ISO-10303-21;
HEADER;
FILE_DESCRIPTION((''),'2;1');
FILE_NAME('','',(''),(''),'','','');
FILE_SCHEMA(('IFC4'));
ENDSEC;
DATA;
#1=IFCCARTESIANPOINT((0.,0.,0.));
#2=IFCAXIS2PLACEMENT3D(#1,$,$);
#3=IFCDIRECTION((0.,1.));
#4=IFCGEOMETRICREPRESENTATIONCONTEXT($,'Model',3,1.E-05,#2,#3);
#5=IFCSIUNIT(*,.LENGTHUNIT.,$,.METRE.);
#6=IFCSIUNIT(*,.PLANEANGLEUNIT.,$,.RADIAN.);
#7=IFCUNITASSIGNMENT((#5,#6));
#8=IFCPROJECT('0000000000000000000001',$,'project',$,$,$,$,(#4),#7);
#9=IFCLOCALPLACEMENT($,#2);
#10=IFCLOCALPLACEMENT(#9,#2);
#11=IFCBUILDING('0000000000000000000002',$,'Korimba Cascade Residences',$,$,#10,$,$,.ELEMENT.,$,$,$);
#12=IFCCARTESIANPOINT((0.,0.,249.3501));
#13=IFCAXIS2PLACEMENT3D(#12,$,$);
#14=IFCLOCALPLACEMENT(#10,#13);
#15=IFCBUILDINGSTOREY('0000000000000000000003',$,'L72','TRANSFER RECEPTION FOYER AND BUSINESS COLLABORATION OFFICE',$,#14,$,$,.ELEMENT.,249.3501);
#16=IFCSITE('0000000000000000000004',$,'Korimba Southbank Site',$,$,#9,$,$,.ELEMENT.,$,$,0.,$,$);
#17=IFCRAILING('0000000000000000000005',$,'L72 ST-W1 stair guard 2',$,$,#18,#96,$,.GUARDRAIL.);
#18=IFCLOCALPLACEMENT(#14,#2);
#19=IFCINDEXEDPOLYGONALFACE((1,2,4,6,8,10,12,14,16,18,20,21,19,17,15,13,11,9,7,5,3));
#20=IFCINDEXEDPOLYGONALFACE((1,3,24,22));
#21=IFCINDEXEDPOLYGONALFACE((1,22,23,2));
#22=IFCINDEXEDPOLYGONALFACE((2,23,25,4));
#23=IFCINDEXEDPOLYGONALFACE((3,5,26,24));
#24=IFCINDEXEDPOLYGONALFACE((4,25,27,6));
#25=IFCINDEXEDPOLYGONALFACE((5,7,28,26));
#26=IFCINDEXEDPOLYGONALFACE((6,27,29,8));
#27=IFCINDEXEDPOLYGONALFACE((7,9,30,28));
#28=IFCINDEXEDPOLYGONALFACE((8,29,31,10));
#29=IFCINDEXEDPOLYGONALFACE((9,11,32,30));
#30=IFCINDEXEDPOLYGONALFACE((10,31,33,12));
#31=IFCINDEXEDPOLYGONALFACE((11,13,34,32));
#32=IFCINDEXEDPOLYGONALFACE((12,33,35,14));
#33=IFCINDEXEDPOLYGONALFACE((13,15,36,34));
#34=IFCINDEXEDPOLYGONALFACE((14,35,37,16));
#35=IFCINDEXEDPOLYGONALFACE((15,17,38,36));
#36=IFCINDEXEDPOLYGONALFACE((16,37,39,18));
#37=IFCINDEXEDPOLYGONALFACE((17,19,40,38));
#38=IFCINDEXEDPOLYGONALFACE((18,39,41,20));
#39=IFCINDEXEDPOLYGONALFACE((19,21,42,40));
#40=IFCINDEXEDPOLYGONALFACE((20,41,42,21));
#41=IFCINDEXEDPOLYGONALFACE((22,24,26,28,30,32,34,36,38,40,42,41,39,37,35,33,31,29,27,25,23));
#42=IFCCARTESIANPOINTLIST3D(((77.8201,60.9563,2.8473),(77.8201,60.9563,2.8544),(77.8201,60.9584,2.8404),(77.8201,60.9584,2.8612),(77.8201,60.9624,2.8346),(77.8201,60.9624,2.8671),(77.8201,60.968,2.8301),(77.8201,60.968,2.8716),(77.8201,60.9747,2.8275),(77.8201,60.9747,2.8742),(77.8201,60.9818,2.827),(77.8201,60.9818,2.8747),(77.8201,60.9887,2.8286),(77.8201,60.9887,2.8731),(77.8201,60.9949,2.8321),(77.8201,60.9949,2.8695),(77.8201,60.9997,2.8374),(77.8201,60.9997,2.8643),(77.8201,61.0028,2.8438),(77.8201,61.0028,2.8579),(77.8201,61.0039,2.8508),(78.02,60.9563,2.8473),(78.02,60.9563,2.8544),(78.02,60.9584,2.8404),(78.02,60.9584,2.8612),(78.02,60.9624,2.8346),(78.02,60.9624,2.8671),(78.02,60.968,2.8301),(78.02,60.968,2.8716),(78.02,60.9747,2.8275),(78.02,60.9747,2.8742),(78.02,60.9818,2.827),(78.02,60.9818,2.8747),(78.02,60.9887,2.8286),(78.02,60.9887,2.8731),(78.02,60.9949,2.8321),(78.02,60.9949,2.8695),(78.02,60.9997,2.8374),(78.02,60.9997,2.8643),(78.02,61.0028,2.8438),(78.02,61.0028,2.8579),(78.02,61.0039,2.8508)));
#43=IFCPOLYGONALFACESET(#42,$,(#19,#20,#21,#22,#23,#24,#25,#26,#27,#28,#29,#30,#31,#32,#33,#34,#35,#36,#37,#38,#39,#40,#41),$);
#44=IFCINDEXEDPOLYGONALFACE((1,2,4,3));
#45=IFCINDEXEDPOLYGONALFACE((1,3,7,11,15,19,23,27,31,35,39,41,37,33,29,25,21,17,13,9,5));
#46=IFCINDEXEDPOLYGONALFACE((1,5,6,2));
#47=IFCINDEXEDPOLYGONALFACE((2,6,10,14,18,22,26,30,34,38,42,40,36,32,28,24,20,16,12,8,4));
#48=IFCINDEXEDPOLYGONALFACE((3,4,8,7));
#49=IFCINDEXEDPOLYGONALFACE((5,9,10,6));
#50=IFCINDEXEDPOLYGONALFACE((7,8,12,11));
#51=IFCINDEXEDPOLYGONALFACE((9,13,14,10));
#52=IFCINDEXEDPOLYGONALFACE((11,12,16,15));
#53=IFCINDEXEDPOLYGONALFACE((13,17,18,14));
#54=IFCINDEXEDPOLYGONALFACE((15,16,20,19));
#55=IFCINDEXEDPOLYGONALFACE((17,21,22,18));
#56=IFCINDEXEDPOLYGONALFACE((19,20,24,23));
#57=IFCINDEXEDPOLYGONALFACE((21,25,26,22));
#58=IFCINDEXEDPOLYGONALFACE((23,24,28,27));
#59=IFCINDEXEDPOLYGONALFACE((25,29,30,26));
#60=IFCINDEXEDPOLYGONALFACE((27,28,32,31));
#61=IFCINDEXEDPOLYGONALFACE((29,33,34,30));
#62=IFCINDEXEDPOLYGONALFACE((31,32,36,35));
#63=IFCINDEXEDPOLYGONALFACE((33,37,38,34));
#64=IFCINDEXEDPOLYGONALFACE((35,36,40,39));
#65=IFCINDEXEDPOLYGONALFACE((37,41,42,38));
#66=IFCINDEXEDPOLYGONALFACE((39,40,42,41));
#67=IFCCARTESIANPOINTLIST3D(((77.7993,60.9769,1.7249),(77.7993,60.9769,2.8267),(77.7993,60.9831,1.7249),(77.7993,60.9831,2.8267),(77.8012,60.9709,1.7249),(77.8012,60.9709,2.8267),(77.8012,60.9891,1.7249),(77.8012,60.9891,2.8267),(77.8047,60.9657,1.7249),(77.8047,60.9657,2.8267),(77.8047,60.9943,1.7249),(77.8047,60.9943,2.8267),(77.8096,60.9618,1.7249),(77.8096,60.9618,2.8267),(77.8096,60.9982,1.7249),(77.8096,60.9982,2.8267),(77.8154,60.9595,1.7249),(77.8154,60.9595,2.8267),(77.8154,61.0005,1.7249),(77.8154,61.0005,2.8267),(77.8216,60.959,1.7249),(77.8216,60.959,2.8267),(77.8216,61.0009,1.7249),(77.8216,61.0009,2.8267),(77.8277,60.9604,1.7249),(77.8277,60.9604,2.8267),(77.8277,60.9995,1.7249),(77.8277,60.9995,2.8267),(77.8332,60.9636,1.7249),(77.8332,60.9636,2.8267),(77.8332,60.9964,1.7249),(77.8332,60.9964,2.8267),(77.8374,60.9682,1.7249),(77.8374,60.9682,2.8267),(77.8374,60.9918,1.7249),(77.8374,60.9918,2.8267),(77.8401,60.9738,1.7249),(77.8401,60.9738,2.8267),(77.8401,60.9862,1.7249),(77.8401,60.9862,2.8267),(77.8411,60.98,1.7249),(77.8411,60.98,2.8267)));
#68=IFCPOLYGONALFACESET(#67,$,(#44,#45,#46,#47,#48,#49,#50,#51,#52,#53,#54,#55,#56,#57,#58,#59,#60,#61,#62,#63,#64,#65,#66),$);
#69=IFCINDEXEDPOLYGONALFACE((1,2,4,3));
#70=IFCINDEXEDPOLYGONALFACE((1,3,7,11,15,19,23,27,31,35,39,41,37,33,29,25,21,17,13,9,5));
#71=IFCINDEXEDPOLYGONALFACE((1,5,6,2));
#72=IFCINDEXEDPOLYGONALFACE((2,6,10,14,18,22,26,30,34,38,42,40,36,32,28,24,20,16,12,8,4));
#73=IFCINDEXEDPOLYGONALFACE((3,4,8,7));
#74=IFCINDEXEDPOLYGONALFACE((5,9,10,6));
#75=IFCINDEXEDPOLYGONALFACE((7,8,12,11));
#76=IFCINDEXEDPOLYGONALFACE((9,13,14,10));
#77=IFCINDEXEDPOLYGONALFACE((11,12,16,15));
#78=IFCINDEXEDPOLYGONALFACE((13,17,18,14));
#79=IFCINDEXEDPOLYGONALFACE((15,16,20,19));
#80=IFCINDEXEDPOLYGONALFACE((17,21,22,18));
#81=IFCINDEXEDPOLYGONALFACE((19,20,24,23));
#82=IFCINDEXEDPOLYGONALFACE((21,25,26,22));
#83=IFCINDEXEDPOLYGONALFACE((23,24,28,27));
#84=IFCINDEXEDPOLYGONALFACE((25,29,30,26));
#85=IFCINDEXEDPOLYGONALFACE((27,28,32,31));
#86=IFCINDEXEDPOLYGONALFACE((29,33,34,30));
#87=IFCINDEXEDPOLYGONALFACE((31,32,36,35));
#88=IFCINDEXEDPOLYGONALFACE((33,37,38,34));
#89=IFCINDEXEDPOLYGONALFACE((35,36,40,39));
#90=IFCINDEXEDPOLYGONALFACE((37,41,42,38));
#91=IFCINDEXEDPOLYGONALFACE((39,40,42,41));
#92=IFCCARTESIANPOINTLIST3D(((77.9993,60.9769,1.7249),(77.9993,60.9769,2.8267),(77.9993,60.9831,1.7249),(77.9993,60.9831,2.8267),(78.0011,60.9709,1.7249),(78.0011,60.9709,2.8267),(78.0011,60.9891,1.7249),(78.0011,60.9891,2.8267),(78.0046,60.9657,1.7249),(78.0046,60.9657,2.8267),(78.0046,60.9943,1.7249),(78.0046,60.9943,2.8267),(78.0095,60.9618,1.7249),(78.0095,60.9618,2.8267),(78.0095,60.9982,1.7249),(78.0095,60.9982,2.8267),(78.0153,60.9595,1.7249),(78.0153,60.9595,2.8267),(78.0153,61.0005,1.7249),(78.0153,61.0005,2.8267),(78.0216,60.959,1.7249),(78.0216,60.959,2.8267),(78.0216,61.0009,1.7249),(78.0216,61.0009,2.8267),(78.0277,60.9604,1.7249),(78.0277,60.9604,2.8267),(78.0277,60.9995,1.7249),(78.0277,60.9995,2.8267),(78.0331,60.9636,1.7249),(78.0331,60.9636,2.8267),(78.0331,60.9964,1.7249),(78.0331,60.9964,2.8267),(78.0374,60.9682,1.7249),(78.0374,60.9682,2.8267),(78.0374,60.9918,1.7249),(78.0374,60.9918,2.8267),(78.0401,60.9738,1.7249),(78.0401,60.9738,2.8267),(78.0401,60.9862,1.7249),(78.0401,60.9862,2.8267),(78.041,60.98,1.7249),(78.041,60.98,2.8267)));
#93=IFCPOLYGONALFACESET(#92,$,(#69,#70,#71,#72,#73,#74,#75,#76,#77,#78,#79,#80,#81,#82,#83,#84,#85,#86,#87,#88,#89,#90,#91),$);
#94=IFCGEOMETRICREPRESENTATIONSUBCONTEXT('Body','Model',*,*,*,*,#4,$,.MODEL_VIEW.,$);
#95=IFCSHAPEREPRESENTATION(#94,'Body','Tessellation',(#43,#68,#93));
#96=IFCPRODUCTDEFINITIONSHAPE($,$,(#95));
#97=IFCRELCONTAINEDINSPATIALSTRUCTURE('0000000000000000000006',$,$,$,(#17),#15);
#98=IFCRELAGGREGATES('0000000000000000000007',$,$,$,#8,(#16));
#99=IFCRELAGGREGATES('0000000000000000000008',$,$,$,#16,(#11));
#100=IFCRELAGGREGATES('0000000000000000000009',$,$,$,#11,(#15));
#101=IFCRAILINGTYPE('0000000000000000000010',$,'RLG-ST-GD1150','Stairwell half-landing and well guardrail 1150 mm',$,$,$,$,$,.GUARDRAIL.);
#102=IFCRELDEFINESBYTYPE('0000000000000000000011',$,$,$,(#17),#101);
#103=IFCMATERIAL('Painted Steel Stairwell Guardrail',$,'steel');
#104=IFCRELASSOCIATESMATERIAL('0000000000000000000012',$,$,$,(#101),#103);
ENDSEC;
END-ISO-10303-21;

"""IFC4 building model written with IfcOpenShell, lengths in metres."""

from ifc_helpers import new_model, si_unit, direction, frame, origin, origin_2d, place, context, subcontext, project, spatial, circle, extrude, material, type_object, element, save


model = new_model("IFC4")

# Units and contexts
model_context = context("Model", 3, precision=1e-05, world=origin(), true_north=direction((0.0, 1.0)))
body_context = subcontext(model_context, "Body", "Model", "MODEL_VIEW")
ifc_project = project(units=[si_unit("LENGTHUNIT", "METRE"), si_unit("PLANEANGLEUNIT", "RADIAN")], contexts=[model_context])

# Site, building, storey
site_placement = place(None, origin())
site = spatial("IfcSite", under=ifc_project, at=site_placement, Name="Korimba Southbank Site", CompositionType="ELEMENT", RefElevation=0.0)
building_placement = place(site_placement, origin())
building = spatial("IfcBuilding", under=site, at=building_placement, Name="Korimba Cascade Residences", CompositionType="ELEMENT")
storey_placement = place(building_placement, frame((0.0, 0.0, 249.3501)))
storey = spatial("IfcBuildingStorey", under=building, at=storey_placement, Name="L72", Description="TRANSFER RECEPTION FOYER AND BUSINESS COLLABORATION OFFICE", CompositionType="ELEMENT", Elevation=249.3501)

# Railing
ifc_material_1 = material(Name="Painted Steel Stairwell Guardrail", Category="steel")
railing_type_1 = type_object("IfcRailingType", Name="RLG-ST-GD1150", Description="Stairwell half-landing and well guardrail 1150 mm", PredefinedType="GUARDRAIL", material=ifc_material_1)
railing_1_placement = place(storey_placement, frame((77.8201, 60.98, 1.7249)))
element("IfcRailing", 1, at=railing_1_placement, inside=storey, type_object=railing_type_1, Name="L72 ST-W1 stair guard 2", PredefinedType="GUARDRAIL", context=body_context, shape_type="SweptSolid", body=[
    extrude(circle(Radius=0.0239, at=origin_2d()), frame((0.0, 0.0, 1.126), z_axis=(1.0, 0.0, 0.0), x_axis=(0.0, 1.0, 0.0)), (0.0, 0.0, 1.0), 0.2),
    extrude(circle(Radius=0.021, at=origin_2d()), origin(), (0.0, 0.0, 1.0), 1.1018),
    extrude(circle(Radius=0.021, at=origin_2d()), frame((0.2, 0.0, 0.0)), (0.0, 0.0, 1.0), 1.1018),
])

save(model, "model.ifc")
